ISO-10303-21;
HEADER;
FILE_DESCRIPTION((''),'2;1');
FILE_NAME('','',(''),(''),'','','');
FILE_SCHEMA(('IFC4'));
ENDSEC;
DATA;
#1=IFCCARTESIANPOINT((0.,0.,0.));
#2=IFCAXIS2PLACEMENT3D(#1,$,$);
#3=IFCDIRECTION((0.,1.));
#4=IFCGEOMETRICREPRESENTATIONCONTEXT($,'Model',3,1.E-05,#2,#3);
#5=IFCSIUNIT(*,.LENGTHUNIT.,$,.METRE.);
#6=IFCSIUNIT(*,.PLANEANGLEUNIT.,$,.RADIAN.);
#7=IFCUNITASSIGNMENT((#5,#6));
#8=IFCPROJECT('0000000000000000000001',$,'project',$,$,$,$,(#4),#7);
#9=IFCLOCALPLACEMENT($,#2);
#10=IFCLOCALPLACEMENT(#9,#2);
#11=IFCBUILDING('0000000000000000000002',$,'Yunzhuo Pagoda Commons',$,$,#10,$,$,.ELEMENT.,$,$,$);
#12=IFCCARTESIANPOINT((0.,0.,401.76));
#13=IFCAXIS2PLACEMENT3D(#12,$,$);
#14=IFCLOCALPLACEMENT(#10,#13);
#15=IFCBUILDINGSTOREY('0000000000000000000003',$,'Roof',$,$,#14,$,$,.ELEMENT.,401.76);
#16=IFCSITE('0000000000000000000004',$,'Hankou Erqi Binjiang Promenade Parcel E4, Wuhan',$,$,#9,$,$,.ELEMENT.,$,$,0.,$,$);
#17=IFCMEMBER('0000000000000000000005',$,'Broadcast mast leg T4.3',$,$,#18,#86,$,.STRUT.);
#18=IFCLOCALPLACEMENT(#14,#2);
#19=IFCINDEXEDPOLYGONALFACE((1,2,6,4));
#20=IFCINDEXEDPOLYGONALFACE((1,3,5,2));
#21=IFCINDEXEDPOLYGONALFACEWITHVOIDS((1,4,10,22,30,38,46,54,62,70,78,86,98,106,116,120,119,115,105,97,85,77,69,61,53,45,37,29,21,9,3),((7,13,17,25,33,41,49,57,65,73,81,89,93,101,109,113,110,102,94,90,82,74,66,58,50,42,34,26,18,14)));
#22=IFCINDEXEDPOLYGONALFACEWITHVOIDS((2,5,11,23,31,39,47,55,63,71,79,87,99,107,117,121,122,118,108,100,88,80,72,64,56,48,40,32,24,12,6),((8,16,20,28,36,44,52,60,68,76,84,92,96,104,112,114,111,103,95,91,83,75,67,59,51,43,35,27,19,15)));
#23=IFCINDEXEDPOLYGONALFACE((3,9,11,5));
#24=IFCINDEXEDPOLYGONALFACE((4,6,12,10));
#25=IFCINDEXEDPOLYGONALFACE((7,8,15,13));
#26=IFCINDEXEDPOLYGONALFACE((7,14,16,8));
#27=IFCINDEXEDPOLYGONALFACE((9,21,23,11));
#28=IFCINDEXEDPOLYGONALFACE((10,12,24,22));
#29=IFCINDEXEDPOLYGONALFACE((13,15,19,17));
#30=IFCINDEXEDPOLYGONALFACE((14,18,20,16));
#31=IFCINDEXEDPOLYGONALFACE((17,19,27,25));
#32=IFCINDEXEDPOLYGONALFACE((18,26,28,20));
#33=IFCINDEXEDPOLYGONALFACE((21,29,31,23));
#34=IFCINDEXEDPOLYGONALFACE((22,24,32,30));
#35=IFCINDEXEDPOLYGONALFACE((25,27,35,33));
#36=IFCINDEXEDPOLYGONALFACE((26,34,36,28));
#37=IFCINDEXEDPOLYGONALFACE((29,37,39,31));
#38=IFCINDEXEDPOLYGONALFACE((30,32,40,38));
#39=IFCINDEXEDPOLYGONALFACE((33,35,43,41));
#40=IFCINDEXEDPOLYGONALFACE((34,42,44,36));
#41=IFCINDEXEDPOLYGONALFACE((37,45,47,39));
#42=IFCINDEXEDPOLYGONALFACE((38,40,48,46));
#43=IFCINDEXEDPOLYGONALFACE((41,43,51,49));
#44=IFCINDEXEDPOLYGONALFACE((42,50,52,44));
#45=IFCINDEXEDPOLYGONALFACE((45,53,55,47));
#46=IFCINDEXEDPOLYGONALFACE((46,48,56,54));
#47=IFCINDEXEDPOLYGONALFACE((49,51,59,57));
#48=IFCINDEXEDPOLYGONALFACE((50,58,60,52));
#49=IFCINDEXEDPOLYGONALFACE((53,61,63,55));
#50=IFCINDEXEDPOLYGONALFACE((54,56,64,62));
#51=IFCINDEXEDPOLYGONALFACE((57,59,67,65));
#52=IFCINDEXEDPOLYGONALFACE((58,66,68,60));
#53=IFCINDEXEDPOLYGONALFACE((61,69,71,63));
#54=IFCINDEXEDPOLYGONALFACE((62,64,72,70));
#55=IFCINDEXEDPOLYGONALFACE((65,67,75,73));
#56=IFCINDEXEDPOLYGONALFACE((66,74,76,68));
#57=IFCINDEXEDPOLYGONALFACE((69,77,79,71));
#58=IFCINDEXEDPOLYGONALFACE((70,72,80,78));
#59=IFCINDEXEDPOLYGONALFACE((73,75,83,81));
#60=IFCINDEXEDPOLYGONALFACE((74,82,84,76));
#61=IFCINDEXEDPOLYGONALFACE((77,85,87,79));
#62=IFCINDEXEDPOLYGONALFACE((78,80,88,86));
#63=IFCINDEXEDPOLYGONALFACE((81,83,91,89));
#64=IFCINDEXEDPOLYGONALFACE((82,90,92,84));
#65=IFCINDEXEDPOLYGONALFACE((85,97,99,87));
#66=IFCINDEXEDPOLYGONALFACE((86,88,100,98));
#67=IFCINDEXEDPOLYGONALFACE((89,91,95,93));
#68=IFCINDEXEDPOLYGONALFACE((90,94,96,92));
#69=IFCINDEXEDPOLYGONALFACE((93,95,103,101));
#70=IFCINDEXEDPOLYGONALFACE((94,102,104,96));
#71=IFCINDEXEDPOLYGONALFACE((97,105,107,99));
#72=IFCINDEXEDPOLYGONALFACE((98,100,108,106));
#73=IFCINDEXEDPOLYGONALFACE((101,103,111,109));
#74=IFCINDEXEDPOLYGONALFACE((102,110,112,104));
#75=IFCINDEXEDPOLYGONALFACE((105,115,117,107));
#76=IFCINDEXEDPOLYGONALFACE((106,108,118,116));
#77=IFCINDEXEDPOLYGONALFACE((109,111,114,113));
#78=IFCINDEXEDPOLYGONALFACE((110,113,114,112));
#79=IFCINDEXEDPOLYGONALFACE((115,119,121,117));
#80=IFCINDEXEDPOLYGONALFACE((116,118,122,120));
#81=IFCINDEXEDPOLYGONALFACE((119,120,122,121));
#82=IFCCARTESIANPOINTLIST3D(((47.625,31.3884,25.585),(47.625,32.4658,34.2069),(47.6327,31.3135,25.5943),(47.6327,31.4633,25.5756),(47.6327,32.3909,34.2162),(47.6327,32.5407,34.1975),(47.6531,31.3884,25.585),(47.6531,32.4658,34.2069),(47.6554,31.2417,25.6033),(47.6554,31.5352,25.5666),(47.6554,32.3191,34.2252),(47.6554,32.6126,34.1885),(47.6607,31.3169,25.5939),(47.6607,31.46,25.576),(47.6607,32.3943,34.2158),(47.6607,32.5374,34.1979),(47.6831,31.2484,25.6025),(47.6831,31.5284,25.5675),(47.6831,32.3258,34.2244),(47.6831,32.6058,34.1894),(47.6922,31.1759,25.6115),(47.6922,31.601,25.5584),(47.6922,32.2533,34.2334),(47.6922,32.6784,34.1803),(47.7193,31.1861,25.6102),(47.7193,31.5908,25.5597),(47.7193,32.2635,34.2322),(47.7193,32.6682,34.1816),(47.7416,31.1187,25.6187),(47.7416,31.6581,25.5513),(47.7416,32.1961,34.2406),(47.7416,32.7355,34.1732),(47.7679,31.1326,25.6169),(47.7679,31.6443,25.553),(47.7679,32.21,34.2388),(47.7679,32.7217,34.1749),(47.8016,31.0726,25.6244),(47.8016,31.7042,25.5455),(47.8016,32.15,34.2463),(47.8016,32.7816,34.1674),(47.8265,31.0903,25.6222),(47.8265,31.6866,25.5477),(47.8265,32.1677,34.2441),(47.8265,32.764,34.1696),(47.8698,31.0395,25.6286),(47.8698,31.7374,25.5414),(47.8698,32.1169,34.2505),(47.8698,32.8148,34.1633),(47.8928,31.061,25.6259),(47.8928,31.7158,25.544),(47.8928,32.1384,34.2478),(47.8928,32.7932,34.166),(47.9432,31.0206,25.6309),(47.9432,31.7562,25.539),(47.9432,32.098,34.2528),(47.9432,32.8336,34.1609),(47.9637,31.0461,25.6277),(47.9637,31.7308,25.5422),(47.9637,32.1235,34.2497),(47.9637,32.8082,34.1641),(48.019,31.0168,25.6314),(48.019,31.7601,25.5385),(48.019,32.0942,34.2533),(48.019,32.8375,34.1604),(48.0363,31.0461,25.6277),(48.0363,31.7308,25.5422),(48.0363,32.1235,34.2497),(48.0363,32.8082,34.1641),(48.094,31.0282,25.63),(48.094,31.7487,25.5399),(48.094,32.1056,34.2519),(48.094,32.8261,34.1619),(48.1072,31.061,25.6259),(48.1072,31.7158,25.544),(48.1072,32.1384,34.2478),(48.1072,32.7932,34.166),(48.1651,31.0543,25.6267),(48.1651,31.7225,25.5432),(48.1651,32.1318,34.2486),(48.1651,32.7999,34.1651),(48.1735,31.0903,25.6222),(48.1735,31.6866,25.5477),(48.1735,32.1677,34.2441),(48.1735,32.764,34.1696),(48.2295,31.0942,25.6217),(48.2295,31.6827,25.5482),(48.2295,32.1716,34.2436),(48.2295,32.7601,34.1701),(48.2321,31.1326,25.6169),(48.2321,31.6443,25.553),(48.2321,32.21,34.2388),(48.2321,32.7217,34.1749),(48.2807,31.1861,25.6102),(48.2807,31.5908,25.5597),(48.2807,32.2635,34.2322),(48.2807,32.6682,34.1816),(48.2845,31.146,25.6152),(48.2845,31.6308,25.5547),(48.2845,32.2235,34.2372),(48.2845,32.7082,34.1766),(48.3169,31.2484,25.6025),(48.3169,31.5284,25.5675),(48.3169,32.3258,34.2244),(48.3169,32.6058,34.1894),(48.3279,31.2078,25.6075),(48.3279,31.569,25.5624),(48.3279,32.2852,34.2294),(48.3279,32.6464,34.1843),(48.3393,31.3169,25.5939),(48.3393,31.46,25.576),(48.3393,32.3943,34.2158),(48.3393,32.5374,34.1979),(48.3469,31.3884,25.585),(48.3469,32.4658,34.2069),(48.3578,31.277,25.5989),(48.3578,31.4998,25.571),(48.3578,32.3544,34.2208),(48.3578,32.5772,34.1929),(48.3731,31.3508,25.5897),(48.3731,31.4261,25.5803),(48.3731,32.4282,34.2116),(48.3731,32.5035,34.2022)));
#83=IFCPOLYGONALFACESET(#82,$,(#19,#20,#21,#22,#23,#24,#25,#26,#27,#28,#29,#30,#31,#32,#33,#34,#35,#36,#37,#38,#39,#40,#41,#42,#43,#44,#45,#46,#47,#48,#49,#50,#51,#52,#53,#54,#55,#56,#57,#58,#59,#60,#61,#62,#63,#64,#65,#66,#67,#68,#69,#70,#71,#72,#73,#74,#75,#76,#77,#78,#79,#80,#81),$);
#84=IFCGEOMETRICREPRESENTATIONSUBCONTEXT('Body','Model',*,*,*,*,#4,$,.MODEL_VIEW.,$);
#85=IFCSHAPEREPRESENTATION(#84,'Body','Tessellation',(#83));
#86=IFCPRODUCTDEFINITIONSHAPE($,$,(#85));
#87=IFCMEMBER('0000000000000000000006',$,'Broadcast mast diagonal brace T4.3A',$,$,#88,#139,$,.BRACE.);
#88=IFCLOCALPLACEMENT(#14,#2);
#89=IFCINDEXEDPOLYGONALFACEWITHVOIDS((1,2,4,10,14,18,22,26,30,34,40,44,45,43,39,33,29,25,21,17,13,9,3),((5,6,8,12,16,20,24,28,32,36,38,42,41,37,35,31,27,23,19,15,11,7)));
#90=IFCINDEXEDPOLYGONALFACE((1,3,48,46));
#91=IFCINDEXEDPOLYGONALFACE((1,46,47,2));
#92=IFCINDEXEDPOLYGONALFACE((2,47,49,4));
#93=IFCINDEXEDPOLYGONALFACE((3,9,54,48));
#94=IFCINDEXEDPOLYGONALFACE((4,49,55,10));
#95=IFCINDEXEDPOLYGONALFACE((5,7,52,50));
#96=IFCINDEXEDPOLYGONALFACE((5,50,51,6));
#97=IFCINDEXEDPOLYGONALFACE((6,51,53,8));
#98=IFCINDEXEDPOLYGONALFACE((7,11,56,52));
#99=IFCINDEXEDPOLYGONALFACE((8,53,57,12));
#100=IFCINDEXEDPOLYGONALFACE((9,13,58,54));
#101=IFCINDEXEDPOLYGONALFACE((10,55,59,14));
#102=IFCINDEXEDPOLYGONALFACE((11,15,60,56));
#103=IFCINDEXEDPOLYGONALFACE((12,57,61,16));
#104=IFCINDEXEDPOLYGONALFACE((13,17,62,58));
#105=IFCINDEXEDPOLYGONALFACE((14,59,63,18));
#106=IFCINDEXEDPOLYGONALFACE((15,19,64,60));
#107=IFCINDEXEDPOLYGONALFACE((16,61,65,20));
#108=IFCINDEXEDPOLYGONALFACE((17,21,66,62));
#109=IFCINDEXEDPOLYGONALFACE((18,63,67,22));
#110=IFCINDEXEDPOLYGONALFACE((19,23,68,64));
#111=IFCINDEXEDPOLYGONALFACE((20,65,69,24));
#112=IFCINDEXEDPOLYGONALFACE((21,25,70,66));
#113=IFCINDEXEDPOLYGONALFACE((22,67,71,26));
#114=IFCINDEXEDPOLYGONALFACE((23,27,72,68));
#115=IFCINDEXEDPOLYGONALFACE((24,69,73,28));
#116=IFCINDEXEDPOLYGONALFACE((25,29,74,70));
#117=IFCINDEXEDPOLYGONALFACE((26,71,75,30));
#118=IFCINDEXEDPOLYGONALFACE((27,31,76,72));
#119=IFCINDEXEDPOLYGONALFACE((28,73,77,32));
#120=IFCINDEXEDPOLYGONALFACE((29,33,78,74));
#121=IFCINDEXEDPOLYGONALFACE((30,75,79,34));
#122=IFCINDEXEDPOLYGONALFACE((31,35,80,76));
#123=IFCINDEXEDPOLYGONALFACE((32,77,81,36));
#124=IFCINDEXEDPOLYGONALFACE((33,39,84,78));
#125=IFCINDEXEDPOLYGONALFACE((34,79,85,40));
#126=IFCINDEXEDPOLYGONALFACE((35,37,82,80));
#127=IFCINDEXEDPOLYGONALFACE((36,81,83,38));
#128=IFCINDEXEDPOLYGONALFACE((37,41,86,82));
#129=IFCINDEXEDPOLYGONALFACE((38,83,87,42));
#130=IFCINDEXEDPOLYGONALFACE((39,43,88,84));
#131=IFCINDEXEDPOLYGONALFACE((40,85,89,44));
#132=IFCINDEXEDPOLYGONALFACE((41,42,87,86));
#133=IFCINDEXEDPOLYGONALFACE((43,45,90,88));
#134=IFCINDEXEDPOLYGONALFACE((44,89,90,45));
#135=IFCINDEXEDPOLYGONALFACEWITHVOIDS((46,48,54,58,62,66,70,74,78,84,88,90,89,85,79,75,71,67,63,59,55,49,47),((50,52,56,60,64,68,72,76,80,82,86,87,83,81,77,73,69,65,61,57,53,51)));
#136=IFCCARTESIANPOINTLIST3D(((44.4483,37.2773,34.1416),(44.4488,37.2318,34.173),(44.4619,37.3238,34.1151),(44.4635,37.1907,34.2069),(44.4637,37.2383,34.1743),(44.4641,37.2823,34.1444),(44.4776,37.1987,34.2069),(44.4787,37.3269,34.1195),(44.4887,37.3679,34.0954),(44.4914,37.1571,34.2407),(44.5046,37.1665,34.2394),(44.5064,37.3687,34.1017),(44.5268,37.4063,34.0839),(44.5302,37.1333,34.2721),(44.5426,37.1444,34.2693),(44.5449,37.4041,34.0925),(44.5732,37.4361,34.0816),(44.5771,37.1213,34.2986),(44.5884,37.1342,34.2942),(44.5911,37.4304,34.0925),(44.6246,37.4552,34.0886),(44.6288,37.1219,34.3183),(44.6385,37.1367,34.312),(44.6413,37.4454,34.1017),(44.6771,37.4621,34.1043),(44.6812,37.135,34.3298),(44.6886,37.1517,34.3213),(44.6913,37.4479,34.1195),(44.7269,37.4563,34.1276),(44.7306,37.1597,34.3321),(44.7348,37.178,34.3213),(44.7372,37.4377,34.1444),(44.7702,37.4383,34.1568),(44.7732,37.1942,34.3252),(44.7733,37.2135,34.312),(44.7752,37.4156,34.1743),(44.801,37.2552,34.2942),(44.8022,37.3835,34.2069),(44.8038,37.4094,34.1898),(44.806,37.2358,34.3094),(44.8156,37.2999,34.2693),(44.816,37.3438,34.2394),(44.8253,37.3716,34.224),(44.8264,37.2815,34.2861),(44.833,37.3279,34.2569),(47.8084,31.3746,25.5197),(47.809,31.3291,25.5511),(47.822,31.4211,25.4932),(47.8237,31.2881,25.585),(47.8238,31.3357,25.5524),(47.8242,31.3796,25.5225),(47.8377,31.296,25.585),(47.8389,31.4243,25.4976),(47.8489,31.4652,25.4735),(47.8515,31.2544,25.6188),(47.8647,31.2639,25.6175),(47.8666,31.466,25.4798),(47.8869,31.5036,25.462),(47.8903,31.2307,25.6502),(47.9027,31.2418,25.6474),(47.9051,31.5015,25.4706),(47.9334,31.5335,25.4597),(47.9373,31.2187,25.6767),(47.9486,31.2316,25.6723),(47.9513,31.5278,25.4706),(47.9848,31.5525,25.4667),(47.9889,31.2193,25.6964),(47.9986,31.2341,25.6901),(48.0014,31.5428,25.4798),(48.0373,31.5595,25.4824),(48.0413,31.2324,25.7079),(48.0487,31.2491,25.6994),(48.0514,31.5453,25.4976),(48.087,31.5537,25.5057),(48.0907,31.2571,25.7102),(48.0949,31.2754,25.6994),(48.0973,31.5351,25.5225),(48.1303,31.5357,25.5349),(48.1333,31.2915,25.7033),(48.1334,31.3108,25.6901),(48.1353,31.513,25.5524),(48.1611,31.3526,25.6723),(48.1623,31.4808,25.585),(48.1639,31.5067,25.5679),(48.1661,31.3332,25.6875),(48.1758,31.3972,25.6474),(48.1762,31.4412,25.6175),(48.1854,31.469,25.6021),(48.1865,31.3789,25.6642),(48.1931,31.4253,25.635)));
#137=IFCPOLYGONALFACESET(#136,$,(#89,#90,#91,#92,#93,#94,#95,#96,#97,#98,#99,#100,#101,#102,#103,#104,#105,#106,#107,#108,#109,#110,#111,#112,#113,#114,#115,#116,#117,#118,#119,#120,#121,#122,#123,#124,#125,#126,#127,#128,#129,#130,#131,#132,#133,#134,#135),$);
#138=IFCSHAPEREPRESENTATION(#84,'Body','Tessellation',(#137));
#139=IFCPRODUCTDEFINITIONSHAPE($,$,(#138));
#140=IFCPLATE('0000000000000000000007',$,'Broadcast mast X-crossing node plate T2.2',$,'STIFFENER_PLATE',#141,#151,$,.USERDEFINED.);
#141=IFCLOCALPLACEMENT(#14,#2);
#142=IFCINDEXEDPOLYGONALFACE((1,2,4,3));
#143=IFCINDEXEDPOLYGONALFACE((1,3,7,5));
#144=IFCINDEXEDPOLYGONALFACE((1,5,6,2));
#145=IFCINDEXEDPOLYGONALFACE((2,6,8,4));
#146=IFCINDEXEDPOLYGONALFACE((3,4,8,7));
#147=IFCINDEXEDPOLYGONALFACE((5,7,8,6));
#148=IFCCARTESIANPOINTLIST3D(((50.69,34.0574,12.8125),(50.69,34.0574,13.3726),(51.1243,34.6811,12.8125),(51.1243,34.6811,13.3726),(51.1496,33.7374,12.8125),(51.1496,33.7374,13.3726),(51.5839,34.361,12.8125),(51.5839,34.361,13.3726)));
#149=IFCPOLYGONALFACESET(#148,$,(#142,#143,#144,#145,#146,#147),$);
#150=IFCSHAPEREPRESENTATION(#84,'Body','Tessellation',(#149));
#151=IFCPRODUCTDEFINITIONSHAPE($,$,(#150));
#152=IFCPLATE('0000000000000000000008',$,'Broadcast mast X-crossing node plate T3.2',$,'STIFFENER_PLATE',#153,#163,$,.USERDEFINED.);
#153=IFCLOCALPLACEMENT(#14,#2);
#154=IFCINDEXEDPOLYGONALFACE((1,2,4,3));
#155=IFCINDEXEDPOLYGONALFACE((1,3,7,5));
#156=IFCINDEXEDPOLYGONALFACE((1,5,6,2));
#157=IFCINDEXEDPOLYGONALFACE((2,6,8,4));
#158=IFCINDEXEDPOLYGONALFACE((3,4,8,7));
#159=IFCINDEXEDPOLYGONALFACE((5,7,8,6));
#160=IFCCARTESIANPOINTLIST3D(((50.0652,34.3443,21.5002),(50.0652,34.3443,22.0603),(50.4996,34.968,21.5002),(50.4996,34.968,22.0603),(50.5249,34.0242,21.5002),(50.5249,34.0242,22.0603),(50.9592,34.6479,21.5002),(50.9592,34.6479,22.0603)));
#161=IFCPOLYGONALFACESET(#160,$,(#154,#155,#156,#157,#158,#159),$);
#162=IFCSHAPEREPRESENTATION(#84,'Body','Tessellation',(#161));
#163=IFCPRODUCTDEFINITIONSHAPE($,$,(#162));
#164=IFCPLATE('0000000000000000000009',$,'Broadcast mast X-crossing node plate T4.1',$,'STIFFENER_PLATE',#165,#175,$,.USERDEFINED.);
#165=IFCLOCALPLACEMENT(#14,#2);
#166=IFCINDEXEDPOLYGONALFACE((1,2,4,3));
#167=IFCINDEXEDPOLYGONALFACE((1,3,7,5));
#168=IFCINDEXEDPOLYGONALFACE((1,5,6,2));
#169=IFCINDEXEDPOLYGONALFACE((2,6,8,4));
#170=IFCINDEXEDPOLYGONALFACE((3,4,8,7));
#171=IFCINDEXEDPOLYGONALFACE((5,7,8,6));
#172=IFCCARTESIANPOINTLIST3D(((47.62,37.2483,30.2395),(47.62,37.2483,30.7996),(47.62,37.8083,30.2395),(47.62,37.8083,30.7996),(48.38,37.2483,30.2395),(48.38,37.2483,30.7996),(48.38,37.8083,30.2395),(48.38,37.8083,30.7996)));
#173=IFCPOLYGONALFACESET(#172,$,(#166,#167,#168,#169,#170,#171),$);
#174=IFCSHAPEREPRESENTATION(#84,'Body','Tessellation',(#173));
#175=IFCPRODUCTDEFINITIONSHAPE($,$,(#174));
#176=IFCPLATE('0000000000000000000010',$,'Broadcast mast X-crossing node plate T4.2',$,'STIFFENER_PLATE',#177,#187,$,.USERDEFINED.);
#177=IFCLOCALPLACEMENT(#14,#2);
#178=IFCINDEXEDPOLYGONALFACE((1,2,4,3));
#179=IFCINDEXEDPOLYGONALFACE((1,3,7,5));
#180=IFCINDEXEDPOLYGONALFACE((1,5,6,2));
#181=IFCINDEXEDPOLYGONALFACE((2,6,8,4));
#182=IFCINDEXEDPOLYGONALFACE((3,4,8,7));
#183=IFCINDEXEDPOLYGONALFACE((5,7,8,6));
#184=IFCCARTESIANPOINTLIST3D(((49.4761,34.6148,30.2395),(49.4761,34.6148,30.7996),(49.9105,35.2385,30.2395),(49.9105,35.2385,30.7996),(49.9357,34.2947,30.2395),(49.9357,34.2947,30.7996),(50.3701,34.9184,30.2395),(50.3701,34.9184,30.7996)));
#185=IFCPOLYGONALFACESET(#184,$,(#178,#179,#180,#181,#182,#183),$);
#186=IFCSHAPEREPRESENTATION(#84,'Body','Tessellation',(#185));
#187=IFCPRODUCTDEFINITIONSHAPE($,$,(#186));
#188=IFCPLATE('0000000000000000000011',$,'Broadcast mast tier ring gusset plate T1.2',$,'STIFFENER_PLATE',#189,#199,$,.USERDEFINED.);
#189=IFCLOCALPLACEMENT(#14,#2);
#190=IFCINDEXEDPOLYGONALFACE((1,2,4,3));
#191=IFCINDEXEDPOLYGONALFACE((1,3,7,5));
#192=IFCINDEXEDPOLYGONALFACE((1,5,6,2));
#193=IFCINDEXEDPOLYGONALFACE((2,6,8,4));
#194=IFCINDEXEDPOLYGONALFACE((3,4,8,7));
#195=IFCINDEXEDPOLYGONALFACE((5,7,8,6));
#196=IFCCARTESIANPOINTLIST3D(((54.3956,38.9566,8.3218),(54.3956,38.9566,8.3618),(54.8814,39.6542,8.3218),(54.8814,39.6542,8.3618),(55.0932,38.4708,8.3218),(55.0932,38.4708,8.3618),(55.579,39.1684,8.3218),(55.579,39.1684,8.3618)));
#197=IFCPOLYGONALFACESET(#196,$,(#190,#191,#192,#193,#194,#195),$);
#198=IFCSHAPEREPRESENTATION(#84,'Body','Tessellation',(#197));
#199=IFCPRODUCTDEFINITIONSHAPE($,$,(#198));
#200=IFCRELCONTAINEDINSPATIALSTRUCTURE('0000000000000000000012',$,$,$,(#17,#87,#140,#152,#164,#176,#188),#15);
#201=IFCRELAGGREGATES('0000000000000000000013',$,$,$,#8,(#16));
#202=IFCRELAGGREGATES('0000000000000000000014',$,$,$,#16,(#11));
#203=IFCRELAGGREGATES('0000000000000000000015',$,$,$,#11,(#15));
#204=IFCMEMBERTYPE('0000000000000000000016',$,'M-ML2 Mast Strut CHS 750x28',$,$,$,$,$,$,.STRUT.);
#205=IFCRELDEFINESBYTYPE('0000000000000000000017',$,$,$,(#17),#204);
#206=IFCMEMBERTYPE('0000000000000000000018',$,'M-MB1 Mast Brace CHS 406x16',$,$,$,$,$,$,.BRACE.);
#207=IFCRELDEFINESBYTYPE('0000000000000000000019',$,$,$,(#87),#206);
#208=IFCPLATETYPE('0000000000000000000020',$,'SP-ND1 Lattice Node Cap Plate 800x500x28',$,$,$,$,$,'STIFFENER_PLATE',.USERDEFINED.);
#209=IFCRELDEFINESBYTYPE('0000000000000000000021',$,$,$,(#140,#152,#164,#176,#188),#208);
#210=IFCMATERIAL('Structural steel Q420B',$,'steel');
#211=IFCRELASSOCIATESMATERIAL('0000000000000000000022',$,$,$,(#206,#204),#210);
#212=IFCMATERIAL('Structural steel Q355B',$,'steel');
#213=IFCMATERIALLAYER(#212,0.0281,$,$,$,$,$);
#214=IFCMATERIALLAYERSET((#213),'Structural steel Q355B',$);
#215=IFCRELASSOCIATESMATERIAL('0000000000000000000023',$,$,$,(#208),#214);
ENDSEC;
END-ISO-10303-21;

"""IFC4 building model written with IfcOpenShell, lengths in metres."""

from ifc_helpers import new_model, si_unit, direction, frame, origin, origin_2d, place, context, subcontext, project, spatial, rectangle, hollow_circle, extrude, source, transform, mapped, material, layer, layer_set, material_profile, profile_set, type_object, element, save


model = new_model("IFC4")

# Units and contexts
model_context = context("Model", 3, precision=1e-05, world=origin(), true_north=direction((0.0, 1.0)))
body_context = subcontext(model_context, "Body", "Model", "MODEL_VIEW")
ifc_project = project(units=[si_unit("LENGTHUNIT", "METRE"), si_unit("PLANEANGLEUNIT", "RADIAN")], contexts=[model_context])

# Site, building, storey
site_placement = place(None, origin())
site = spatial("IfcSite", under=ifc_project, at=site_placement, Name="Hankou Erqi Binjiang Promenade Parcel E4, Wuhan", CompositionType="ELEMENT", RefElevation=0.0)
building_placement = place(site_placement, origin())
building = spatial("IfcBuilding", under=site, at=building_placement, Name="Yunzhuo Pagoda Commons", CompositionType="ELEMENT")
storey_placement = place(building_placement, frame((0.0, 0.0, 401.76)))
storey = spatial("IfcBuildingStorey", under=building, at=storey_placement, Name="Roof", CompositionType="ELEMENT", Elevation=401.76)

# Members
ifc_material_1 = material(Name="Structural steel Q420B", Category="steel")
ifc_material_profile_1 = material_profile(ifc_material_1, hollow_circle(Radius=0.2029, WallThickness=0.0161, at=origin_2d()), Name="Structural steel Q420B")
ifc_profile_set_1 = profile_set([ifc_material_profile_1], Name="Structural steel Q420B")
member_type_1 = type_object("IfcMemberType", Name="M-MB1 Mast Brace CHS 406x16", PredefinedType="BRACE", material=ifc_profile_set_1)
ifc_material_profile_2 = material_profile(ifc_material_1, hollow_circle(Radius=0.375, WallThickness=0.0281, at=origin_2d()), Name="Structural steel Q420B")
ifc_profile_set_2 = profile_set([ifc_material_profile_2], Name="Structural steel Q420B")
member_type_2 = type_object("IfcMemberType", Name="M-ML2 Mast Strut CHS 750x28", PredefinedType="STRUT", material=ifc_profile_set_2)
shared_shape_1 = source(origin(), body_context, "Body", "SweptSolid", [
    extrude(hollow_circle(Radius=0.375, WallThickness=0.0281, at=origin_2d()), origin(), (0.0, 0.0, 1.0), 8.689),
])
member_1_placement = place(storey_placement, frame((48.0, 31.3884, 25.585), z_axis=(0.0, 0.123997, 0.992283), x_axis=(-1.0, 0.0, 0.0)))
element("IfcMember", 1, at=member_1_placement, inside=storey, type_object=member_type_2, Name="Broadcast mast leg T4.3", PredefinedType="STRUT", context=body_context, shape_type="MappedRepresentation", body=[
    mapped(shared_shape_1, transform((0.0, 0.0, 0.0), scale=1.0)),
])
shared_shape_2 = source(origin(), body_context, "Body", "SweptSolid", [
    extrude(hollow_circle(Radius=0.2029, WallThickness=0.0161, at=origin_2d()), origin(), (0.0, 0.0, 1.0), 10.9758),
])
member_2_placement = place(storey_placement, frame((48.0, 31.3884, 25.585), z_axis=(-0.30614, 0.537785, 0.785535), x_axis=(-0.869054, -0.494718, 0.0)))
element("IfcMember", 2, at=member_2_placement, inside=storey, type_object=member_type_1, Name="Broadcast mast diagonal brace T4.3A", PredefinedType="BRACE", context=body_context, shape_type="MappedRepresentation", body=[
    mapped(shared_shape_2, transform((0.0, 0.0, 0.0), scale=1.0)),
])

# Plates
ifc_material_2 = material(Name="Structural steel Q355B", Category="steel")
ifc_layer = layer(ifc_material_2, 0.0281)
ifc_layer_set = layer_set([ifc_layer], Name="Structural steel Q355B")
plate_type = type_object("IfcPlateType", Name="SP-ND1 Lattice Node Cap Plate 800x500x28", ElementType="STIFFENER_PLATE", PredefinedType="USERDEFINED", material=ifc_layer_set)
shared_shape_3 = source(origin(), body_context, "Body", "SweptSolid", [
    extrude(rectangle(XDim=0.76, YDim=0.5601, at=origin_2d()), origin(), (0.0, 0.0, 1.0), 0.5601),
])
for number, where, z_axis, x_axis, name in (
    (3, (51.137, 34.2092, 12.8125), (0.0, 0.0, 1.0), (-0.571459, -0.820631, 0.0), "Broadcast mast X-crossing node plate T2.2"),
    (4, (50.5122, 34.4961, 21.5002), (0.0, 0.0, 1.0), (-0.571459, -0.820631, 0.0), "Broadcast mast X-crossing node plate T3.2"),
    (5, (48.0, 37.5283, 30.2395), (0.0, 0.0, 1.0), (1.0, 0.0, 0.0), "Broadcast mast X-crossing node plate T4.1"),
    (6, (49.9231, 34.7666, 30.2395), (0.0, 0.0, 1.0), (-0.571459, -0.820631, 0.0), "Broadcast mast X-crossing node plate T4.2"),
):
    element("IfcPlate", number, at=place(storey_placement, frame(where, z_axis=z_axis, x_axis=x_axis)), inside=storey, type_object=plate_type, Name=name, ObjectType="STIFFENER_PLATE", PredefinedType="USERDEFINED", context=body_context, shape_type="MappedRepresentation", body=[
        mapped(shared_shape_3, transform((0.0, 0.0, 0.0), scale=1.0)),
    ])
shared_shape_4 = source(origin(), body_context, "Body", "SweptSolid", [
    extrude(rectangle(XDim=0.8501, YDim=0.8501, at=origin_2d()), origin(), (0.0, 0.0, 1.0), 0.04),
])
for number, where, z_axis, x_axis, name in (
    (7, (54.9873, 39.0625, 8.3218), (0.0, 0.0, 1.0), (-0.571459, -0.820631, 0.0), "Broadcast mast tier ring gusset plate T1.2"),
):
    element("IfcPlate", number, at=place(storey_placement, frame(where, z_axis=z_axis, x_axis=x_axis)), inside=storey, type_object=plate_type, Name=name, ObjectType="STIFFENER_PLATE", PredefinedType="USERDEFINED", context=body_context, shape_type="MappedRepresentation", body=[
        mapped(shared_shape_4, transform((0.0, 0.0, 0.0), scale=1.0)),
    ])

save(model, "model.ifc")
